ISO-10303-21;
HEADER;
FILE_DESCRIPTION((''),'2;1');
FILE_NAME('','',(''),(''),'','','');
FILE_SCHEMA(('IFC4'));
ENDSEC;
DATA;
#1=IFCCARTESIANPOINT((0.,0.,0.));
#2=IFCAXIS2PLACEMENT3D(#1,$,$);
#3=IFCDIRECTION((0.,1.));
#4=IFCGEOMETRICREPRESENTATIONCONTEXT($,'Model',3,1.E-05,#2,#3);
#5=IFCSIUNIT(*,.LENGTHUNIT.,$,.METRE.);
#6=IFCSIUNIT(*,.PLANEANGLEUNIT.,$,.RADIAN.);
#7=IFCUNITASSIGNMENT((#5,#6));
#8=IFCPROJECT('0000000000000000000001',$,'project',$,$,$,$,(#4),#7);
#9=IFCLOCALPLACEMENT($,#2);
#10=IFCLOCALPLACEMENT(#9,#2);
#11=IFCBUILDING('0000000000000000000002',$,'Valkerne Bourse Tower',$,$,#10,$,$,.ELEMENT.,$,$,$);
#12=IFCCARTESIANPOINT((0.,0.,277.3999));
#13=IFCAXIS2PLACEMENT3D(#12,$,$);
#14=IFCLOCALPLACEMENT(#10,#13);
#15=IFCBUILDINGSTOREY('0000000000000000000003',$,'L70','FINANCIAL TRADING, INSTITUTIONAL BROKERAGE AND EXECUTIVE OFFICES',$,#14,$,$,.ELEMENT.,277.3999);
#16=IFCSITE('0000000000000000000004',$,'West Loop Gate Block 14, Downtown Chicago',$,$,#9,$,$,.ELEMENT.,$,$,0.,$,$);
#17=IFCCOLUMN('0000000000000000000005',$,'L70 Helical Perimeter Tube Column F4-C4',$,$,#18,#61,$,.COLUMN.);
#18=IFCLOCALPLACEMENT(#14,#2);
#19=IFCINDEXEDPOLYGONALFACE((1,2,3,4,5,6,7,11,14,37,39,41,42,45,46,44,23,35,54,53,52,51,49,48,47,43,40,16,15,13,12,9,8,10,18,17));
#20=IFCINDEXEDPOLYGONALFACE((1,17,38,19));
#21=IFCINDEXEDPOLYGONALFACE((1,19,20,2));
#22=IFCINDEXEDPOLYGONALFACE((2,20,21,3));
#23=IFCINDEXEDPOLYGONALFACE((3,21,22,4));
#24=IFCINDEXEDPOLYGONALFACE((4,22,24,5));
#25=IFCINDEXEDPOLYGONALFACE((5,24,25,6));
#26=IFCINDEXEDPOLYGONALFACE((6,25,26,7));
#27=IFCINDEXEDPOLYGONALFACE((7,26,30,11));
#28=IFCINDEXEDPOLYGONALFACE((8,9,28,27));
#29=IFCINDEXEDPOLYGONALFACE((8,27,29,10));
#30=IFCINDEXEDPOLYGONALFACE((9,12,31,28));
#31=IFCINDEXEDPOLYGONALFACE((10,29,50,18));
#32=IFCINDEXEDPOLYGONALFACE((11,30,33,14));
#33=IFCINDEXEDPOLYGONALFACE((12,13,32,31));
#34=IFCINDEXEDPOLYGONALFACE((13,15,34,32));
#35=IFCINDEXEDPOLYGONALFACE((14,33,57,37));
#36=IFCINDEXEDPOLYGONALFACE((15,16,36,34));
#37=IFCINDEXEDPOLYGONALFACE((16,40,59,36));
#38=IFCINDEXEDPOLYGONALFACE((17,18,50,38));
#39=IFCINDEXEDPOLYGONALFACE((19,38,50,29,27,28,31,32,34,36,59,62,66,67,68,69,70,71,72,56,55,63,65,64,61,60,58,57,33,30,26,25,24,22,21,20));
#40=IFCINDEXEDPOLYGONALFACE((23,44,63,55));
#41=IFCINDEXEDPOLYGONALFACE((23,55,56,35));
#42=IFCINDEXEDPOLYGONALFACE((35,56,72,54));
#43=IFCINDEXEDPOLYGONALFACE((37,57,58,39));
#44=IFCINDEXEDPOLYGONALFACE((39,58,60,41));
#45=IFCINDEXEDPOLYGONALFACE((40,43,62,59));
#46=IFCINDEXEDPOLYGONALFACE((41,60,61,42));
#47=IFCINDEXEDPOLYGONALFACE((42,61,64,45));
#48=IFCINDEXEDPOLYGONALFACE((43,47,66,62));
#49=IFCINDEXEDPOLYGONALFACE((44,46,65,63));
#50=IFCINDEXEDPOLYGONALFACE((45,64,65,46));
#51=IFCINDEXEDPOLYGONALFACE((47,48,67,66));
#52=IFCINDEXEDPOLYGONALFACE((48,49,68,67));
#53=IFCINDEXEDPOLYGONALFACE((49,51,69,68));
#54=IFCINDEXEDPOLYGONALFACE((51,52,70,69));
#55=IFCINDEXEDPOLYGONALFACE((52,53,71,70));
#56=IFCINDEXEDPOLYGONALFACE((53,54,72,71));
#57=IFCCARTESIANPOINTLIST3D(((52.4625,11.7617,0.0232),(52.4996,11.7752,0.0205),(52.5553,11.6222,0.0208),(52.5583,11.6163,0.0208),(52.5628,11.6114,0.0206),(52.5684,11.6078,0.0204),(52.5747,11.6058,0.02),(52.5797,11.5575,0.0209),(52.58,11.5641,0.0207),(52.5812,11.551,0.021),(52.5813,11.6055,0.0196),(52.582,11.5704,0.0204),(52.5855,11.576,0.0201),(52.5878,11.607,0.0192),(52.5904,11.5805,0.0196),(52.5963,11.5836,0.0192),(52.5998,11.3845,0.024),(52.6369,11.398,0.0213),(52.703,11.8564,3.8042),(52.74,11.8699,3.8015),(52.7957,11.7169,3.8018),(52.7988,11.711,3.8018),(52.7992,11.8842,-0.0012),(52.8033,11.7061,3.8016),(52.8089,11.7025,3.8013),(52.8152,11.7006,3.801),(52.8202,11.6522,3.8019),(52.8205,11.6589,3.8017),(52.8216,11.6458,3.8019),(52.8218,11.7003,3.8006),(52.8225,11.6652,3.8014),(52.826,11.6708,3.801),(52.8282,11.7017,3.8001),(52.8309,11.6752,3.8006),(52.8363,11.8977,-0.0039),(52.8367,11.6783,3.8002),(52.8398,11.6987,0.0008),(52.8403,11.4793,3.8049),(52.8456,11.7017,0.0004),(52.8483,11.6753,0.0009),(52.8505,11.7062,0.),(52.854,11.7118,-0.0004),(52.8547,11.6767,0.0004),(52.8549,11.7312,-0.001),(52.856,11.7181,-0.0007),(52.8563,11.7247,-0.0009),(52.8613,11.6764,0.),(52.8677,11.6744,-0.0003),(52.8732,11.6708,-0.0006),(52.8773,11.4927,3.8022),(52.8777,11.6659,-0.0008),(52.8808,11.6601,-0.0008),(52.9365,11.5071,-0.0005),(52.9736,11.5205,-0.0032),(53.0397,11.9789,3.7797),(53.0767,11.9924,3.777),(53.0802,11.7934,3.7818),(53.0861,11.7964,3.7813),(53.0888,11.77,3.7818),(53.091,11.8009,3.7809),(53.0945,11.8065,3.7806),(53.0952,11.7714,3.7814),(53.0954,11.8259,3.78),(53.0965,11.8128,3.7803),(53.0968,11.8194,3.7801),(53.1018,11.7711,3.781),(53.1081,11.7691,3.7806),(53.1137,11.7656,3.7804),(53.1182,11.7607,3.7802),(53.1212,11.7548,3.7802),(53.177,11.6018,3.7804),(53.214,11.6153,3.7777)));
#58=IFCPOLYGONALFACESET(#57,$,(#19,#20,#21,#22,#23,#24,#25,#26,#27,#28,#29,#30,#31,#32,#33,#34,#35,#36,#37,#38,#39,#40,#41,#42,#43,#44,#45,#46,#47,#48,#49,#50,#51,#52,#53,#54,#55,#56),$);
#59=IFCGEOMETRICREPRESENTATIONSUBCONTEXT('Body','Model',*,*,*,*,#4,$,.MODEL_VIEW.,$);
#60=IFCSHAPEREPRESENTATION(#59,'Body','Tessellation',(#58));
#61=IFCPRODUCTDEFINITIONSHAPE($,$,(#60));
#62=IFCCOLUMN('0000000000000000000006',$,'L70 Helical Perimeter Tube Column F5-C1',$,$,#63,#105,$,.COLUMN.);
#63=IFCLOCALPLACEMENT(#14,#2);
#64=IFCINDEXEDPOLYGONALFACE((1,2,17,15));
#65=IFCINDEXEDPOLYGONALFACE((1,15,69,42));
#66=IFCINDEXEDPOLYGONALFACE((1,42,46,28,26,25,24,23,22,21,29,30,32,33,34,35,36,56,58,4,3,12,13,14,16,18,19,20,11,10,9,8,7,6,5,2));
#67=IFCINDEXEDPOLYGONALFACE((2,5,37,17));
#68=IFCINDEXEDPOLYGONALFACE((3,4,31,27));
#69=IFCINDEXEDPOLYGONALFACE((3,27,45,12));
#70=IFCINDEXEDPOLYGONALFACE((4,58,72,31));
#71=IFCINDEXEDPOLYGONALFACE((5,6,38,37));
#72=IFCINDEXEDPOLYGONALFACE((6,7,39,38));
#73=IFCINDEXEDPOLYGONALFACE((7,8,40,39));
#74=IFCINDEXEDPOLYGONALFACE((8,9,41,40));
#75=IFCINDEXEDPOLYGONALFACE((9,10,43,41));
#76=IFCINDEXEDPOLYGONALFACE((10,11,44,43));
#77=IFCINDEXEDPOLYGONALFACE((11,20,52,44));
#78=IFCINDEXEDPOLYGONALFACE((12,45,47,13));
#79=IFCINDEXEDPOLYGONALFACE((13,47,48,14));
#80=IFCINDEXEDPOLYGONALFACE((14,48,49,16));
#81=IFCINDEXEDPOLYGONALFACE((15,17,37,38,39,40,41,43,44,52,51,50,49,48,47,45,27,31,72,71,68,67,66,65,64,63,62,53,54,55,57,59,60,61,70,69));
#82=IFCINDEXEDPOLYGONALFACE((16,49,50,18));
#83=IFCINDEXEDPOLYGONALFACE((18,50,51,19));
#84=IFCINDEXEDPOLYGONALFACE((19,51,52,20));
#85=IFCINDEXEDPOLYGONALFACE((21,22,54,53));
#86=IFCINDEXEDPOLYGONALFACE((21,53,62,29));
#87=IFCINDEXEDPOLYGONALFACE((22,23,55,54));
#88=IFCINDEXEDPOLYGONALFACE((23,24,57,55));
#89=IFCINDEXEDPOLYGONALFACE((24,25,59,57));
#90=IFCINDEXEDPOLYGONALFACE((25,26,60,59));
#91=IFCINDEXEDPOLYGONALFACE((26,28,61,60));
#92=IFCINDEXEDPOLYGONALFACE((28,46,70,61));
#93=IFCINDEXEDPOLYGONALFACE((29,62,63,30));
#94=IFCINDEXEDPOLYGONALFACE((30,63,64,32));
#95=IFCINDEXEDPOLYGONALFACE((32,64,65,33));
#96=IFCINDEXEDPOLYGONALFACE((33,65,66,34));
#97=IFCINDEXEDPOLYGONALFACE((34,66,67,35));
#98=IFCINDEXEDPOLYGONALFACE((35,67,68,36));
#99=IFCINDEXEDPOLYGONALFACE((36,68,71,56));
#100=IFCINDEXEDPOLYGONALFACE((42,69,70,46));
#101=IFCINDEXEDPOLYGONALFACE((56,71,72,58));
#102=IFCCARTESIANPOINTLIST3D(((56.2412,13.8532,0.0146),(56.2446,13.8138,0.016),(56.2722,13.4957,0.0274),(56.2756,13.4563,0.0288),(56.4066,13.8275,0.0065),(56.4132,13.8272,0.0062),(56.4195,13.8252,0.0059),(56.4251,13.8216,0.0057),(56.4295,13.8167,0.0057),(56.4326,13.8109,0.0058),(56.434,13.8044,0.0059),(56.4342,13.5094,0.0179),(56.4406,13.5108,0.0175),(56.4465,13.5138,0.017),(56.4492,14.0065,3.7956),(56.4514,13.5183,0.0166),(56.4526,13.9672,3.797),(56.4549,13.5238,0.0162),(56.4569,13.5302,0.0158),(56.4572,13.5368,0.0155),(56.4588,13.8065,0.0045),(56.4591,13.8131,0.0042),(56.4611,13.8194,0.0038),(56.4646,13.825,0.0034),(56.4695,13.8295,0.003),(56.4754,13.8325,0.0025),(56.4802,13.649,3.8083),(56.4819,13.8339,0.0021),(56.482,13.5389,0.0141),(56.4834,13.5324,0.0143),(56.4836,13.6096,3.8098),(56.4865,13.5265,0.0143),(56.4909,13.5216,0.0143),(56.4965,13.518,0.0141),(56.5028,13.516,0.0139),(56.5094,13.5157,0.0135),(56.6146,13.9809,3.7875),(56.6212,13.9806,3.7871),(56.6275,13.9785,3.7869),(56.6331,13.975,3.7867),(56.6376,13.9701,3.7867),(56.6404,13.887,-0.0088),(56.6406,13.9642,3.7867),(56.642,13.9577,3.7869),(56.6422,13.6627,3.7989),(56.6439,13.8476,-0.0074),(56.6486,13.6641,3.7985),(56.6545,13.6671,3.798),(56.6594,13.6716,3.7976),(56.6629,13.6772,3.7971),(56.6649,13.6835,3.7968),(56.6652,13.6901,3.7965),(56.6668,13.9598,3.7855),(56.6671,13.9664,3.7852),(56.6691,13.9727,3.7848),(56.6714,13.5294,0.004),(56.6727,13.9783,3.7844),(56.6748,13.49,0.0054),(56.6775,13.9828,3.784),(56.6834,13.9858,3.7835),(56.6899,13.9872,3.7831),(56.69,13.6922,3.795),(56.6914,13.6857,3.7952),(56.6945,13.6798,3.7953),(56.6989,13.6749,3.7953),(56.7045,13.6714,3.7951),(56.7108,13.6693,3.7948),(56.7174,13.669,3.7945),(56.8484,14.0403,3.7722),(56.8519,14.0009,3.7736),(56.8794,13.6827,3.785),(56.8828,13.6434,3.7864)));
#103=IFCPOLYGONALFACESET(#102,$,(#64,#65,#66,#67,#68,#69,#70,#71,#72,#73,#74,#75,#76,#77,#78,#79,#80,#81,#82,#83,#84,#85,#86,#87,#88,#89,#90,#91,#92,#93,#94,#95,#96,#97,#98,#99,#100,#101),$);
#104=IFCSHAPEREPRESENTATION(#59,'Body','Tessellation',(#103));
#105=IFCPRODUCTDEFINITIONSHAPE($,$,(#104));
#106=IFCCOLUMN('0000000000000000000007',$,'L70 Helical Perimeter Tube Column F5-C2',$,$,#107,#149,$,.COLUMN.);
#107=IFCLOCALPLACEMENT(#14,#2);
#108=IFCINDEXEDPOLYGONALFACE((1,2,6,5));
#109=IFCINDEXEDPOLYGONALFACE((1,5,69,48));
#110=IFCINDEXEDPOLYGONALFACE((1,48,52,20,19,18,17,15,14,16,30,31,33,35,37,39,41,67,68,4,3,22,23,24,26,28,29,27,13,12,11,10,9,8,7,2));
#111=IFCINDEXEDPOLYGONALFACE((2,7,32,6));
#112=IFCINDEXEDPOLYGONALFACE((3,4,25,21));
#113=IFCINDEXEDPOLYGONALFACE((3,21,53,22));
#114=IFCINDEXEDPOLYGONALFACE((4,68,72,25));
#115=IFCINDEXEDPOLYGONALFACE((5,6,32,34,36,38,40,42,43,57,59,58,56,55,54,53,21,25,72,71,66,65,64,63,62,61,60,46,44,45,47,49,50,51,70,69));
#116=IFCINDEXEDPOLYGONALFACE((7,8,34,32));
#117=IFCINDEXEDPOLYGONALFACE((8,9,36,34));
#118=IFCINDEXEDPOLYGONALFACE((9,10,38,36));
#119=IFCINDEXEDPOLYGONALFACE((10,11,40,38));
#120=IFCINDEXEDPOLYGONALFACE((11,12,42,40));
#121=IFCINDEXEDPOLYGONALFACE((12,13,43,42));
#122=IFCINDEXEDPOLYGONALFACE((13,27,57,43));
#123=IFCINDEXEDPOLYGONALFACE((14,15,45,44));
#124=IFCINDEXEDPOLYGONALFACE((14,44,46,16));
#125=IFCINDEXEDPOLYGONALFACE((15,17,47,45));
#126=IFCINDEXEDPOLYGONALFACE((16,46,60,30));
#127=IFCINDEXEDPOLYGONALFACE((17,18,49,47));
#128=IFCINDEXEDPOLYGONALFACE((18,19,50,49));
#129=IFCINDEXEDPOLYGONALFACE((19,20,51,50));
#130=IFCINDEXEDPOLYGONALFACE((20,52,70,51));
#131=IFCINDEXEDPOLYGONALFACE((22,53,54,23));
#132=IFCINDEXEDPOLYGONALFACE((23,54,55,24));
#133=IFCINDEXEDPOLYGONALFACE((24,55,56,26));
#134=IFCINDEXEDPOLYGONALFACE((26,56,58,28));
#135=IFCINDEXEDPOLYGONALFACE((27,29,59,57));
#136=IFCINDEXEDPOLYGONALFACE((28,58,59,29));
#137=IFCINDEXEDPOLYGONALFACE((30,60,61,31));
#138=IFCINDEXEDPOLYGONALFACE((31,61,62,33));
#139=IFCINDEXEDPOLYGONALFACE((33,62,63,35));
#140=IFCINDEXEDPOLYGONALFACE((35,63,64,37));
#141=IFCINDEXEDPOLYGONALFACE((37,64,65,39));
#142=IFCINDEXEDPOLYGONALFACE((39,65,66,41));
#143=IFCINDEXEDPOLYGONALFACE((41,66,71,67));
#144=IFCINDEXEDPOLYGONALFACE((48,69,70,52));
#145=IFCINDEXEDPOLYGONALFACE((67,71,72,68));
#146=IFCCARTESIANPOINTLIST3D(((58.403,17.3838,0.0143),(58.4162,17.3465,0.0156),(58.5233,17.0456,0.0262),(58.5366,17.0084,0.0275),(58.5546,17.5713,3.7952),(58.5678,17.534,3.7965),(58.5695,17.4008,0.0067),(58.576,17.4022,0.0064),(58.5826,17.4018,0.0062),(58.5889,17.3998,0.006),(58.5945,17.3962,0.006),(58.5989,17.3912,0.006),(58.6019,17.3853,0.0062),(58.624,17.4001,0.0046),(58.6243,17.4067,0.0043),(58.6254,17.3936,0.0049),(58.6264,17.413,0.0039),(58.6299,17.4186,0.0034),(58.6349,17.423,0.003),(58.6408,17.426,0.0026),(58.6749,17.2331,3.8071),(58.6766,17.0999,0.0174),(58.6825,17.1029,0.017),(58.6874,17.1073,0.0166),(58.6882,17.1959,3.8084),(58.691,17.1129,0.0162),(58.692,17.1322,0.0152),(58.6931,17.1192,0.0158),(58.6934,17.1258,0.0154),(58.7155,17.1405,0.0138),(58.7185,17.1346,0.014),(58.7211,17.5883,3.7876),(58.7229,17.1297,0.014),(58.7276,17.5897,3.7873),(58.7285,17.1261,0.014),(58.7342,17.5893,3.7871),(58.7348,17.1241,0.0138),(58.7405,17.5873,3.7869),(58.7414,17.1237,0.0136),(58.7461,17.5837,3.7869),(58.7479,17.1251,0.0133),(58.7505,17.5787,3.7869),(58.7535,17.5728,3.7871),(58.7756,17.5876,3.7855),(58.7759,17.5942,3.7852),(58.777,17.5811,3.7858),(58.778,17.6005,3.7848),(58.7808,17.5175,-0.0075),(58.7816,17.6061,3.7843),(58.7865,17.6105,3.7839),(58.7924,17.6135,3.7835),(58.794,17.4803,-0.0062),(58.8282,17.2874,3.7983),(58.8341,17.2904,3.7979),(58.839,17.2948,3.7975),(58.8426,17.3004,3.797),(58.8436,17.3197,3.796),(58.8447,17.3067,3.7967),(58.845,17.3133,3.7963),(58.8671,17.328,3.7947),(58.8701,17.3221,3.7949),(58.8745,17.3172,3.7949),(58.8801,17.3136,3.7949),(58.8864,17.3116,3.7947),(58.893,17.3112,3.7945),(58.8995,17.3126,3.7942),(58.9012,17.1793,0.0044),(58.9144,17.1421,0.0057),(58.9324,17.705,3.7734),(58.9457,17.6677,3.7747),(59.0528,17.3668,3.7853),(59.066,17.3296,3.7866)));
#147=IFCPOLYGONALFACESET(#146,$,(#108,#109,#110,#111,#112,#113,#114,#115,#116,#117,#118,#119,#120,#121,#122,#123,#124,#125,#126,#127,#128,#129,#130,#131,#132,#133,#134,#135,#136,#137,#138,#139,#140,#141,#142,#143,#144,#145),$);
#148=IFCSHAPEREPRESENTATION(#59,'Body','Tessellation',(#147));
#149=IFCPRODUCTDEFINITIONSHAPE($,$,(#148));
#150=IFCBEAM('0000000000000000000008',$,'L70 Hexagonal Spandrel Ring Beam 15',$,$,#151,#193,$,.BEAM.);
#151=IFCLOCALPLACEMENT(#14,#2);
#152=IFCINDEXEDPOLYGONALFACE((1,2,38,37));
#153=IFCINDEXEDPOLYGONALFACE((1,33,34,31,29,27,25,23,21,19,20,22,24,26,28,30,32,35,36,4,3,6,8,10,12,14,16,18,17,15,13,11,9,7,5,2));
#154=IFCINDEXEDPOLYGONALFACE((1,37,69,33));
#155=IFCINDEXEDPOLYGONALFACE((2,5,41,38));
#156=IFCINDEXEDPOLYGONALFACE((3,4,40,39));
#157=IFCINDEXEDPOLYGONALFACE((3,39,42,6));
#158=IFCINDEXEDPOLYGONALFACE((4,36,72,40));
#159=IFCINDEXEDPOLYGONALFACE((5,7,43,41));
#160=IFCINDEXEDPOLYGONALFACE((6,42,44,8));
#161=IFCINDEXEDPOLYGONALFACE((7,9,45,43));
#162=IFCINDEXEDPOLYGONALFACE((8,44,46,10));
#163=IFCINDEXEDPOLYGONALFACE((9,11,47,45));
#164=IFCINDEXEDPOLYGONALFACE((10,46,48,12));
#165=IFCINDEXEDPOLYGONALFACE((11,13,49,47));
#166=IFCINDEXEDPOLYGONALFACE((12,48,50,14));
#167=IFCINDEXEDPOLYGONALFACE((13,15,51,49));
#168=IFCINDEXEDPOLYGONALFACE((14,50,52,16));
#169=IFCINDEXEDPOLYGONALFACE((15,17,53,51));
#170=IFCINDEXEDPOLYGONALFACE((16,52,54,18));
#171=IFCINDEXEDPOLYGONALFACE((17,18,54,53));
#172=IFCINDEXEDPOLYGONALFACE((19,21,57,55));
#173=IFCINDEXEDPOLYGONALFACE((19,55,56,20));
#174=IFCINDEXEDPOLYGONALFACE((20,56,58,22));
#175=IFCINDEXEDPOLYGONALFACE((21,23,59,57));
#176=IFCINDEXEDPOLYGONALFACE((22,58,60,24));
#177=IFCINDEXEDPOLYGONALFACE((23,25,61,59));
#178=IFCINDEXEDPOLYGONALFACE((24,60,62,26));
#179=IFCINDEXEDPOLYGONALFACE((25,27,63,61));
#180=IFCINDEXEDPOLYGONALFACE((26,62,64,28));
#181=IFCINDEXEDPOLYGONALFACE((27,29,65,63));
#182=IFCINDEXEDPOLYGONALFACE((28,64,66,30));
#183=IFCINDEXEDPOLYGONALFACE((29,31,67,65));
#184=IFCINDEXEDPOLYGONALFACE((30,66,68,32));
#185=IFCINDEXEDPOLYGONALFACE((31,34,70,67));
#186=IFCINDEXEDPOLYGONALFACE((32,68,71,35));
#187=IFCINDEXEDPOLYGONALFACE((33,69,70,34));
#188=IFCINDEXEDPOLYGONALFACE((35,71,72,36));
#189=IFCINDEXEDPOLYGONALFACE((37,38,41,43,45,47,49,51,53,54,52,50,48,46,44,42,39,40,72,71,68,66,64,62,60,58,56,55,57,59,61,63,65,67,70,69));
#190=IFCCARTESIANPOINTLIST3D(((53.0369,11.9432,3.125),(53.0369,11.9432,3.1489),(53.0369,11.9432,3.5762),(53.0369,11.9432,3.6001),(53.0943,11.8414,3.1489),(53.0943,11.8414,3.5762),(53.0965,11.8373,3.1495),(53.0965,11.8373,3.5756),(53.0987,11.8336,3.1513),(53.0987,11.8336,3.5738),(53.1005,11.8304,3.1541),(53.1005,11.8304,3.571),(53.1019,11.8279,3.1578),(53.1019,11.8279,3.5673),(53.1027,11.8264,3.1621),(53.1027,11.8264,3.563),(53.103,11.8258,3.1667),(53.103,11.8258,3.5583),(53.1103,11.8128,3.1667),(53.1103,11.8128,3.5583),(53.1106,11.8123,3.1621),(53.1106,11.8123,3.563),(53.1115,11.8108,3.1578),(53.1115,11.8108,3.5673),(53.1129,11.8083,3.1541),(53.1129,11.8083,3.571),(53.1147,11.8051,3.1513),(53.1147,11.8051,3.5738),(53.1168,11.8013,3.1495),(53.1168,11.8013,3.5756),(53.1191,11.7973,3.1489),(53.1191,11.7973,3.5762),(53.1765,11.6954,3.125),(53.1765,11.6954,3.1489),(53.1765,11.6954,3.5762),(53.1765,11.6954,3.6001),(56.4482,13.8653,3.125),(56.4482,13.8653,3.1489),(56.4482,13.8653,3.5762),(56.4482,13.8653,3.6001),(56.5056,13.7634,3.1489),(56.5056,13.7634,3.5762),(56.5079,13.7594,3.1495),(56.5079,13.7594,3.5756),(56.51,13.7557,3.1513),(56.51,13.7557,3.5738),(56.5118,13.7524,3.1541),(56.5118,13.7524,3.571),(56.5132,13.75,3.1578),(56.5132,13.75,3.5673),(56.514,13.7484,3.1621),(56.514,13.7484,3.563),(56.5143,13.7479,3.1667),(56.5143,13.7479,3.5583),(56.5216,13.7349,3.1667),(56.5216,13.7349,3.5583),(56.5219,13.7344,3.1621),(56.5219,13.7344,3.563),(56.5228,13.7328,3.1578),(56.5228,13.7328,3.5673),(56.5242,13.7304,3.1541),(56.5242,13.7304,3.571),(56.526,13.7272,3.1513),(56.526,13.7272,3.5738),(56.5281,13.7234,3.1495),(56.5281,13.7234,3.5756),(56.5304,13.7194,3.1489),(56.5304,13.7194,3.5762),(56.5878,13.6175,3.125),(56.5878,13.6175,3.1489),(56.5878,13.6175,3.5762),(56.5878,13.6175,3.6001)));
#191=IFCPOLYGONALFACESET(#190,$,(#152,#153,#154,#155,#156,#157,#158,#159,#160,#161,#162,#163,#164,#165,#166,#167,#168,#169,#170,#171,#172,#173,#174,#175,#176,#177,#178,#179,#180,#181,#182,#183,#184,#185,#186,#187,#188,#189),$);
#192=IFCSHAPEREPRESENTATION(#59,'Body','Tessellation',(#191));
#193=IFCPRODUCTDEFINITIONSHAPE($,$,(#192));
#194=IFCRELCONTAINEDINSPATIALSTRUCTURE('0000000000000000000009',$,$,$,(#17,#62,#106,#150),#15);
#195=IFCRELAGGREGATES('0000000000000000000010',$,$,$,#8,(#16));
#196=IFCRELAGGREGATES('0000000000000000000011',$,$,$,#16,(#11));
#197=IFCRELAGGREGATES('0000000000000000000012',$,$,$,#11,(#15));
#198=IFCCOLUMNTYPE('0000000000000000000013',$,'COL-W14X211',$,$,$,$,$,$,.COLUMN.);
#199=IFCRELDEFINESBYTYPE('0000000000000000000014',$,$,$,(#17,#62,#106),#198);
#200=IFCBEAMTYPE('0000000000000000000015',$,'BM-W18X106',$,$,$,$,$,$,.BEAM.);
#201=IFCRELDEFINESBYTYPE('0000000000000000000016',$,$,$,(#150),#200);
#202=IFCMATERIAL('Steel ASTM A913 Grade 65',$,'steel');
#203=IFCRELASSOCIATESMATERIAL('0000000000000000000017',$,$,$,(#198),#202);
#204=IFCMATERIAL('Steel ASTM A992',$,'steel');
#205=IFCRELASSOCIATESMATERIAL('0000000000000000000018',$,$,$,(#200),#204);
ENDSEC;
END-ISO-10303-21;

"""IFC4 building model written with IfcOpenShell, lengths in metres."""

from ifc_helpers import new_model, si_unit, direction, frame, origin, origin_2d, place, context, subcontext, project, spatial, i_section, extrude, material, material_profile, profile_set, type_object, element, save


model = new_model("IFC4")

# Units and contexts
model_context = context("Model", 3, precision=1e-05, world=origin(), true_north=direction((0.0, 1.0)))
body_context = subcontext(model_context, "Body", "Model", "MODEL_VIEW")
ifc_project = project(units=[si_unit("LENGTHUNIT", "METRE"), si_unit("PLANEANGLEUNIT", "RADIAN")], contexts=[model_context])

# Site, building, storey
site_placement = place(None, origin())
site = spatial("IfcSite", under=ifc_project, at=site_placement, Name="West Loop Gate Block 14, Downtown Chicago", CompositionType="ELEMENT", RefElevation=0.0)
building_placement = place(site_placement, origin())
building = spatial("IfcBuilding", under=site, at=building_placement, Name="Valkerne Bourse Tower", CompositionType="ELEMENT")
storey_placement = place(building_placement, frame((0.0, 0.0, 277.3999)))
storey = spatial("IfcBuildingStorey", under=building, at=storey_placement, Name="L70", Description="FINANCIAL TRADING, INSTITUTIONAL BROKERAGE AND EXECUTIVE OFFICES", CompositionType="ELEMENT", Elevation=277.3999)

# Columns
ifc_material_1 = material(Name="Steel ASTM A913 Grade 65", Category="steel")
ifc_material_profile_1 = material_profile(ifc_material_1, i_section(OverallWidth=0.4014, OverallDepth=0.3987, WebThickness=0.0249, FlangeThickness=0.0396, FilletRadius=0.0254, at=origin_2d()), Name="W14X211")
ifc_profile_set_1 = profile_set([ifc_material_profile_1], Name="Steel ASTM A913 Grade 65")
column_type = type_object("IfcColumnType", Name="COL-W14X211", PredefinedType="COLUMN", material=ifc_profile_set_1)
for number, where, z_axis, x_axis, name in (
    (1, (52.718, 11.6411, 0.01), (0.063454, 0.024995, 0.997672), (-0.342075, 0.939671, -0.001785), "L70 Helical Perimeter Tube Column F4-C4"),
    (2, (56.458, 13.6716, 0.01), (0.054886, 0.040456, 0.997673), (-0.994758, -0.084127, 0.058137), "L70 Helical Perimeter Tube Column F5-C1"),
):
    element("IfcColumn", number, at=place(storey_placement, frame(where, z_axis=z_axis, x_axis=x_axis)), inside=storey, type_object=column_type, Name=name, PredefinedType="COLUMN", context=body_context, shape_type="SweptSolid", body=[
        extrude(i_section(OverallWidth=0.4014, OverallDepth=0.3987, WebThickness=0.0249, FlangeThickness=0.0396, FilletRadius=0.0254, at=origin_2d()), origin(), (0.0, 0.0, 1.0), 3.7898),
    ])
column_placement = place(storey_placement, frame((58.6587, 17.2629, 0.01), z_axis=(0.040017, 0.049489, 0.997973), x_axis=(-0.941314, -0.333141, 0.054265)))
element("IfcColumn", 3, at=column_placement, inside=storey, type_object=column_type, Name="L70 Helical Perimeter Tube Column F5-C2", PredefinedType="COLUMN", context=body_context, shape_type="SweptSolid", body=[
    extrude(i_section(OverallWidth=0.4014, OverallDepth=0.3987, WebThickness=0.0249, FlangeThickness=0.0396, FilletRadius=0.0254, at=origin_2d()), origin(), (0.0, 0.0, 1.0), 3.7886),
])

# Beam
ifc_material_2 = material(Name="Steel ASTM A992", Category="steel")
ifc_material_profile_2 = material_profile(ifc_material_2, i_section(OverallWidth=0.2844, OverallDepth=0.4751, WebThickness=0.0149, FlangeThickness=0.0239, FilletRadius=0.0178, at=origin_2d()), Name="W18X106")
ifc_profile_set_2 = profile_set([ifc_material_profile_2], Name="Steel ASTM A992")
beam_type = type_object("IfcBeamType", Name="BM-W18X106", PredefinedType="BEAM", material=ifc_profile_set_2)
beam_placement = place(storey_placement, frame((53.1067, 11.8193, 3.3625), z_axis=(0.871224, 0.490886, 0.0), x_axis=(-0.490886, 0.871224, 0.0)))
element("IfcBeam", 4, at=beam_placement, inside=storey, type_object=beam_type, Name="L70 Hexagonal Spandrel Ring Beam 15", PredefinedType="BEAM", context=body_context, shape_type="SweptSolid", body=[
    extrude(i_section(OverallWidth=0.2844, OverallDepth=0.4751, WebThickness=0.0149, FlangeThickness=0.0239, FilletRadius=0.0178, at=origin_2d()), origin(), (0.0, 0.0, 1.0), 3.9155),
])

save(model, "model.ifc")
